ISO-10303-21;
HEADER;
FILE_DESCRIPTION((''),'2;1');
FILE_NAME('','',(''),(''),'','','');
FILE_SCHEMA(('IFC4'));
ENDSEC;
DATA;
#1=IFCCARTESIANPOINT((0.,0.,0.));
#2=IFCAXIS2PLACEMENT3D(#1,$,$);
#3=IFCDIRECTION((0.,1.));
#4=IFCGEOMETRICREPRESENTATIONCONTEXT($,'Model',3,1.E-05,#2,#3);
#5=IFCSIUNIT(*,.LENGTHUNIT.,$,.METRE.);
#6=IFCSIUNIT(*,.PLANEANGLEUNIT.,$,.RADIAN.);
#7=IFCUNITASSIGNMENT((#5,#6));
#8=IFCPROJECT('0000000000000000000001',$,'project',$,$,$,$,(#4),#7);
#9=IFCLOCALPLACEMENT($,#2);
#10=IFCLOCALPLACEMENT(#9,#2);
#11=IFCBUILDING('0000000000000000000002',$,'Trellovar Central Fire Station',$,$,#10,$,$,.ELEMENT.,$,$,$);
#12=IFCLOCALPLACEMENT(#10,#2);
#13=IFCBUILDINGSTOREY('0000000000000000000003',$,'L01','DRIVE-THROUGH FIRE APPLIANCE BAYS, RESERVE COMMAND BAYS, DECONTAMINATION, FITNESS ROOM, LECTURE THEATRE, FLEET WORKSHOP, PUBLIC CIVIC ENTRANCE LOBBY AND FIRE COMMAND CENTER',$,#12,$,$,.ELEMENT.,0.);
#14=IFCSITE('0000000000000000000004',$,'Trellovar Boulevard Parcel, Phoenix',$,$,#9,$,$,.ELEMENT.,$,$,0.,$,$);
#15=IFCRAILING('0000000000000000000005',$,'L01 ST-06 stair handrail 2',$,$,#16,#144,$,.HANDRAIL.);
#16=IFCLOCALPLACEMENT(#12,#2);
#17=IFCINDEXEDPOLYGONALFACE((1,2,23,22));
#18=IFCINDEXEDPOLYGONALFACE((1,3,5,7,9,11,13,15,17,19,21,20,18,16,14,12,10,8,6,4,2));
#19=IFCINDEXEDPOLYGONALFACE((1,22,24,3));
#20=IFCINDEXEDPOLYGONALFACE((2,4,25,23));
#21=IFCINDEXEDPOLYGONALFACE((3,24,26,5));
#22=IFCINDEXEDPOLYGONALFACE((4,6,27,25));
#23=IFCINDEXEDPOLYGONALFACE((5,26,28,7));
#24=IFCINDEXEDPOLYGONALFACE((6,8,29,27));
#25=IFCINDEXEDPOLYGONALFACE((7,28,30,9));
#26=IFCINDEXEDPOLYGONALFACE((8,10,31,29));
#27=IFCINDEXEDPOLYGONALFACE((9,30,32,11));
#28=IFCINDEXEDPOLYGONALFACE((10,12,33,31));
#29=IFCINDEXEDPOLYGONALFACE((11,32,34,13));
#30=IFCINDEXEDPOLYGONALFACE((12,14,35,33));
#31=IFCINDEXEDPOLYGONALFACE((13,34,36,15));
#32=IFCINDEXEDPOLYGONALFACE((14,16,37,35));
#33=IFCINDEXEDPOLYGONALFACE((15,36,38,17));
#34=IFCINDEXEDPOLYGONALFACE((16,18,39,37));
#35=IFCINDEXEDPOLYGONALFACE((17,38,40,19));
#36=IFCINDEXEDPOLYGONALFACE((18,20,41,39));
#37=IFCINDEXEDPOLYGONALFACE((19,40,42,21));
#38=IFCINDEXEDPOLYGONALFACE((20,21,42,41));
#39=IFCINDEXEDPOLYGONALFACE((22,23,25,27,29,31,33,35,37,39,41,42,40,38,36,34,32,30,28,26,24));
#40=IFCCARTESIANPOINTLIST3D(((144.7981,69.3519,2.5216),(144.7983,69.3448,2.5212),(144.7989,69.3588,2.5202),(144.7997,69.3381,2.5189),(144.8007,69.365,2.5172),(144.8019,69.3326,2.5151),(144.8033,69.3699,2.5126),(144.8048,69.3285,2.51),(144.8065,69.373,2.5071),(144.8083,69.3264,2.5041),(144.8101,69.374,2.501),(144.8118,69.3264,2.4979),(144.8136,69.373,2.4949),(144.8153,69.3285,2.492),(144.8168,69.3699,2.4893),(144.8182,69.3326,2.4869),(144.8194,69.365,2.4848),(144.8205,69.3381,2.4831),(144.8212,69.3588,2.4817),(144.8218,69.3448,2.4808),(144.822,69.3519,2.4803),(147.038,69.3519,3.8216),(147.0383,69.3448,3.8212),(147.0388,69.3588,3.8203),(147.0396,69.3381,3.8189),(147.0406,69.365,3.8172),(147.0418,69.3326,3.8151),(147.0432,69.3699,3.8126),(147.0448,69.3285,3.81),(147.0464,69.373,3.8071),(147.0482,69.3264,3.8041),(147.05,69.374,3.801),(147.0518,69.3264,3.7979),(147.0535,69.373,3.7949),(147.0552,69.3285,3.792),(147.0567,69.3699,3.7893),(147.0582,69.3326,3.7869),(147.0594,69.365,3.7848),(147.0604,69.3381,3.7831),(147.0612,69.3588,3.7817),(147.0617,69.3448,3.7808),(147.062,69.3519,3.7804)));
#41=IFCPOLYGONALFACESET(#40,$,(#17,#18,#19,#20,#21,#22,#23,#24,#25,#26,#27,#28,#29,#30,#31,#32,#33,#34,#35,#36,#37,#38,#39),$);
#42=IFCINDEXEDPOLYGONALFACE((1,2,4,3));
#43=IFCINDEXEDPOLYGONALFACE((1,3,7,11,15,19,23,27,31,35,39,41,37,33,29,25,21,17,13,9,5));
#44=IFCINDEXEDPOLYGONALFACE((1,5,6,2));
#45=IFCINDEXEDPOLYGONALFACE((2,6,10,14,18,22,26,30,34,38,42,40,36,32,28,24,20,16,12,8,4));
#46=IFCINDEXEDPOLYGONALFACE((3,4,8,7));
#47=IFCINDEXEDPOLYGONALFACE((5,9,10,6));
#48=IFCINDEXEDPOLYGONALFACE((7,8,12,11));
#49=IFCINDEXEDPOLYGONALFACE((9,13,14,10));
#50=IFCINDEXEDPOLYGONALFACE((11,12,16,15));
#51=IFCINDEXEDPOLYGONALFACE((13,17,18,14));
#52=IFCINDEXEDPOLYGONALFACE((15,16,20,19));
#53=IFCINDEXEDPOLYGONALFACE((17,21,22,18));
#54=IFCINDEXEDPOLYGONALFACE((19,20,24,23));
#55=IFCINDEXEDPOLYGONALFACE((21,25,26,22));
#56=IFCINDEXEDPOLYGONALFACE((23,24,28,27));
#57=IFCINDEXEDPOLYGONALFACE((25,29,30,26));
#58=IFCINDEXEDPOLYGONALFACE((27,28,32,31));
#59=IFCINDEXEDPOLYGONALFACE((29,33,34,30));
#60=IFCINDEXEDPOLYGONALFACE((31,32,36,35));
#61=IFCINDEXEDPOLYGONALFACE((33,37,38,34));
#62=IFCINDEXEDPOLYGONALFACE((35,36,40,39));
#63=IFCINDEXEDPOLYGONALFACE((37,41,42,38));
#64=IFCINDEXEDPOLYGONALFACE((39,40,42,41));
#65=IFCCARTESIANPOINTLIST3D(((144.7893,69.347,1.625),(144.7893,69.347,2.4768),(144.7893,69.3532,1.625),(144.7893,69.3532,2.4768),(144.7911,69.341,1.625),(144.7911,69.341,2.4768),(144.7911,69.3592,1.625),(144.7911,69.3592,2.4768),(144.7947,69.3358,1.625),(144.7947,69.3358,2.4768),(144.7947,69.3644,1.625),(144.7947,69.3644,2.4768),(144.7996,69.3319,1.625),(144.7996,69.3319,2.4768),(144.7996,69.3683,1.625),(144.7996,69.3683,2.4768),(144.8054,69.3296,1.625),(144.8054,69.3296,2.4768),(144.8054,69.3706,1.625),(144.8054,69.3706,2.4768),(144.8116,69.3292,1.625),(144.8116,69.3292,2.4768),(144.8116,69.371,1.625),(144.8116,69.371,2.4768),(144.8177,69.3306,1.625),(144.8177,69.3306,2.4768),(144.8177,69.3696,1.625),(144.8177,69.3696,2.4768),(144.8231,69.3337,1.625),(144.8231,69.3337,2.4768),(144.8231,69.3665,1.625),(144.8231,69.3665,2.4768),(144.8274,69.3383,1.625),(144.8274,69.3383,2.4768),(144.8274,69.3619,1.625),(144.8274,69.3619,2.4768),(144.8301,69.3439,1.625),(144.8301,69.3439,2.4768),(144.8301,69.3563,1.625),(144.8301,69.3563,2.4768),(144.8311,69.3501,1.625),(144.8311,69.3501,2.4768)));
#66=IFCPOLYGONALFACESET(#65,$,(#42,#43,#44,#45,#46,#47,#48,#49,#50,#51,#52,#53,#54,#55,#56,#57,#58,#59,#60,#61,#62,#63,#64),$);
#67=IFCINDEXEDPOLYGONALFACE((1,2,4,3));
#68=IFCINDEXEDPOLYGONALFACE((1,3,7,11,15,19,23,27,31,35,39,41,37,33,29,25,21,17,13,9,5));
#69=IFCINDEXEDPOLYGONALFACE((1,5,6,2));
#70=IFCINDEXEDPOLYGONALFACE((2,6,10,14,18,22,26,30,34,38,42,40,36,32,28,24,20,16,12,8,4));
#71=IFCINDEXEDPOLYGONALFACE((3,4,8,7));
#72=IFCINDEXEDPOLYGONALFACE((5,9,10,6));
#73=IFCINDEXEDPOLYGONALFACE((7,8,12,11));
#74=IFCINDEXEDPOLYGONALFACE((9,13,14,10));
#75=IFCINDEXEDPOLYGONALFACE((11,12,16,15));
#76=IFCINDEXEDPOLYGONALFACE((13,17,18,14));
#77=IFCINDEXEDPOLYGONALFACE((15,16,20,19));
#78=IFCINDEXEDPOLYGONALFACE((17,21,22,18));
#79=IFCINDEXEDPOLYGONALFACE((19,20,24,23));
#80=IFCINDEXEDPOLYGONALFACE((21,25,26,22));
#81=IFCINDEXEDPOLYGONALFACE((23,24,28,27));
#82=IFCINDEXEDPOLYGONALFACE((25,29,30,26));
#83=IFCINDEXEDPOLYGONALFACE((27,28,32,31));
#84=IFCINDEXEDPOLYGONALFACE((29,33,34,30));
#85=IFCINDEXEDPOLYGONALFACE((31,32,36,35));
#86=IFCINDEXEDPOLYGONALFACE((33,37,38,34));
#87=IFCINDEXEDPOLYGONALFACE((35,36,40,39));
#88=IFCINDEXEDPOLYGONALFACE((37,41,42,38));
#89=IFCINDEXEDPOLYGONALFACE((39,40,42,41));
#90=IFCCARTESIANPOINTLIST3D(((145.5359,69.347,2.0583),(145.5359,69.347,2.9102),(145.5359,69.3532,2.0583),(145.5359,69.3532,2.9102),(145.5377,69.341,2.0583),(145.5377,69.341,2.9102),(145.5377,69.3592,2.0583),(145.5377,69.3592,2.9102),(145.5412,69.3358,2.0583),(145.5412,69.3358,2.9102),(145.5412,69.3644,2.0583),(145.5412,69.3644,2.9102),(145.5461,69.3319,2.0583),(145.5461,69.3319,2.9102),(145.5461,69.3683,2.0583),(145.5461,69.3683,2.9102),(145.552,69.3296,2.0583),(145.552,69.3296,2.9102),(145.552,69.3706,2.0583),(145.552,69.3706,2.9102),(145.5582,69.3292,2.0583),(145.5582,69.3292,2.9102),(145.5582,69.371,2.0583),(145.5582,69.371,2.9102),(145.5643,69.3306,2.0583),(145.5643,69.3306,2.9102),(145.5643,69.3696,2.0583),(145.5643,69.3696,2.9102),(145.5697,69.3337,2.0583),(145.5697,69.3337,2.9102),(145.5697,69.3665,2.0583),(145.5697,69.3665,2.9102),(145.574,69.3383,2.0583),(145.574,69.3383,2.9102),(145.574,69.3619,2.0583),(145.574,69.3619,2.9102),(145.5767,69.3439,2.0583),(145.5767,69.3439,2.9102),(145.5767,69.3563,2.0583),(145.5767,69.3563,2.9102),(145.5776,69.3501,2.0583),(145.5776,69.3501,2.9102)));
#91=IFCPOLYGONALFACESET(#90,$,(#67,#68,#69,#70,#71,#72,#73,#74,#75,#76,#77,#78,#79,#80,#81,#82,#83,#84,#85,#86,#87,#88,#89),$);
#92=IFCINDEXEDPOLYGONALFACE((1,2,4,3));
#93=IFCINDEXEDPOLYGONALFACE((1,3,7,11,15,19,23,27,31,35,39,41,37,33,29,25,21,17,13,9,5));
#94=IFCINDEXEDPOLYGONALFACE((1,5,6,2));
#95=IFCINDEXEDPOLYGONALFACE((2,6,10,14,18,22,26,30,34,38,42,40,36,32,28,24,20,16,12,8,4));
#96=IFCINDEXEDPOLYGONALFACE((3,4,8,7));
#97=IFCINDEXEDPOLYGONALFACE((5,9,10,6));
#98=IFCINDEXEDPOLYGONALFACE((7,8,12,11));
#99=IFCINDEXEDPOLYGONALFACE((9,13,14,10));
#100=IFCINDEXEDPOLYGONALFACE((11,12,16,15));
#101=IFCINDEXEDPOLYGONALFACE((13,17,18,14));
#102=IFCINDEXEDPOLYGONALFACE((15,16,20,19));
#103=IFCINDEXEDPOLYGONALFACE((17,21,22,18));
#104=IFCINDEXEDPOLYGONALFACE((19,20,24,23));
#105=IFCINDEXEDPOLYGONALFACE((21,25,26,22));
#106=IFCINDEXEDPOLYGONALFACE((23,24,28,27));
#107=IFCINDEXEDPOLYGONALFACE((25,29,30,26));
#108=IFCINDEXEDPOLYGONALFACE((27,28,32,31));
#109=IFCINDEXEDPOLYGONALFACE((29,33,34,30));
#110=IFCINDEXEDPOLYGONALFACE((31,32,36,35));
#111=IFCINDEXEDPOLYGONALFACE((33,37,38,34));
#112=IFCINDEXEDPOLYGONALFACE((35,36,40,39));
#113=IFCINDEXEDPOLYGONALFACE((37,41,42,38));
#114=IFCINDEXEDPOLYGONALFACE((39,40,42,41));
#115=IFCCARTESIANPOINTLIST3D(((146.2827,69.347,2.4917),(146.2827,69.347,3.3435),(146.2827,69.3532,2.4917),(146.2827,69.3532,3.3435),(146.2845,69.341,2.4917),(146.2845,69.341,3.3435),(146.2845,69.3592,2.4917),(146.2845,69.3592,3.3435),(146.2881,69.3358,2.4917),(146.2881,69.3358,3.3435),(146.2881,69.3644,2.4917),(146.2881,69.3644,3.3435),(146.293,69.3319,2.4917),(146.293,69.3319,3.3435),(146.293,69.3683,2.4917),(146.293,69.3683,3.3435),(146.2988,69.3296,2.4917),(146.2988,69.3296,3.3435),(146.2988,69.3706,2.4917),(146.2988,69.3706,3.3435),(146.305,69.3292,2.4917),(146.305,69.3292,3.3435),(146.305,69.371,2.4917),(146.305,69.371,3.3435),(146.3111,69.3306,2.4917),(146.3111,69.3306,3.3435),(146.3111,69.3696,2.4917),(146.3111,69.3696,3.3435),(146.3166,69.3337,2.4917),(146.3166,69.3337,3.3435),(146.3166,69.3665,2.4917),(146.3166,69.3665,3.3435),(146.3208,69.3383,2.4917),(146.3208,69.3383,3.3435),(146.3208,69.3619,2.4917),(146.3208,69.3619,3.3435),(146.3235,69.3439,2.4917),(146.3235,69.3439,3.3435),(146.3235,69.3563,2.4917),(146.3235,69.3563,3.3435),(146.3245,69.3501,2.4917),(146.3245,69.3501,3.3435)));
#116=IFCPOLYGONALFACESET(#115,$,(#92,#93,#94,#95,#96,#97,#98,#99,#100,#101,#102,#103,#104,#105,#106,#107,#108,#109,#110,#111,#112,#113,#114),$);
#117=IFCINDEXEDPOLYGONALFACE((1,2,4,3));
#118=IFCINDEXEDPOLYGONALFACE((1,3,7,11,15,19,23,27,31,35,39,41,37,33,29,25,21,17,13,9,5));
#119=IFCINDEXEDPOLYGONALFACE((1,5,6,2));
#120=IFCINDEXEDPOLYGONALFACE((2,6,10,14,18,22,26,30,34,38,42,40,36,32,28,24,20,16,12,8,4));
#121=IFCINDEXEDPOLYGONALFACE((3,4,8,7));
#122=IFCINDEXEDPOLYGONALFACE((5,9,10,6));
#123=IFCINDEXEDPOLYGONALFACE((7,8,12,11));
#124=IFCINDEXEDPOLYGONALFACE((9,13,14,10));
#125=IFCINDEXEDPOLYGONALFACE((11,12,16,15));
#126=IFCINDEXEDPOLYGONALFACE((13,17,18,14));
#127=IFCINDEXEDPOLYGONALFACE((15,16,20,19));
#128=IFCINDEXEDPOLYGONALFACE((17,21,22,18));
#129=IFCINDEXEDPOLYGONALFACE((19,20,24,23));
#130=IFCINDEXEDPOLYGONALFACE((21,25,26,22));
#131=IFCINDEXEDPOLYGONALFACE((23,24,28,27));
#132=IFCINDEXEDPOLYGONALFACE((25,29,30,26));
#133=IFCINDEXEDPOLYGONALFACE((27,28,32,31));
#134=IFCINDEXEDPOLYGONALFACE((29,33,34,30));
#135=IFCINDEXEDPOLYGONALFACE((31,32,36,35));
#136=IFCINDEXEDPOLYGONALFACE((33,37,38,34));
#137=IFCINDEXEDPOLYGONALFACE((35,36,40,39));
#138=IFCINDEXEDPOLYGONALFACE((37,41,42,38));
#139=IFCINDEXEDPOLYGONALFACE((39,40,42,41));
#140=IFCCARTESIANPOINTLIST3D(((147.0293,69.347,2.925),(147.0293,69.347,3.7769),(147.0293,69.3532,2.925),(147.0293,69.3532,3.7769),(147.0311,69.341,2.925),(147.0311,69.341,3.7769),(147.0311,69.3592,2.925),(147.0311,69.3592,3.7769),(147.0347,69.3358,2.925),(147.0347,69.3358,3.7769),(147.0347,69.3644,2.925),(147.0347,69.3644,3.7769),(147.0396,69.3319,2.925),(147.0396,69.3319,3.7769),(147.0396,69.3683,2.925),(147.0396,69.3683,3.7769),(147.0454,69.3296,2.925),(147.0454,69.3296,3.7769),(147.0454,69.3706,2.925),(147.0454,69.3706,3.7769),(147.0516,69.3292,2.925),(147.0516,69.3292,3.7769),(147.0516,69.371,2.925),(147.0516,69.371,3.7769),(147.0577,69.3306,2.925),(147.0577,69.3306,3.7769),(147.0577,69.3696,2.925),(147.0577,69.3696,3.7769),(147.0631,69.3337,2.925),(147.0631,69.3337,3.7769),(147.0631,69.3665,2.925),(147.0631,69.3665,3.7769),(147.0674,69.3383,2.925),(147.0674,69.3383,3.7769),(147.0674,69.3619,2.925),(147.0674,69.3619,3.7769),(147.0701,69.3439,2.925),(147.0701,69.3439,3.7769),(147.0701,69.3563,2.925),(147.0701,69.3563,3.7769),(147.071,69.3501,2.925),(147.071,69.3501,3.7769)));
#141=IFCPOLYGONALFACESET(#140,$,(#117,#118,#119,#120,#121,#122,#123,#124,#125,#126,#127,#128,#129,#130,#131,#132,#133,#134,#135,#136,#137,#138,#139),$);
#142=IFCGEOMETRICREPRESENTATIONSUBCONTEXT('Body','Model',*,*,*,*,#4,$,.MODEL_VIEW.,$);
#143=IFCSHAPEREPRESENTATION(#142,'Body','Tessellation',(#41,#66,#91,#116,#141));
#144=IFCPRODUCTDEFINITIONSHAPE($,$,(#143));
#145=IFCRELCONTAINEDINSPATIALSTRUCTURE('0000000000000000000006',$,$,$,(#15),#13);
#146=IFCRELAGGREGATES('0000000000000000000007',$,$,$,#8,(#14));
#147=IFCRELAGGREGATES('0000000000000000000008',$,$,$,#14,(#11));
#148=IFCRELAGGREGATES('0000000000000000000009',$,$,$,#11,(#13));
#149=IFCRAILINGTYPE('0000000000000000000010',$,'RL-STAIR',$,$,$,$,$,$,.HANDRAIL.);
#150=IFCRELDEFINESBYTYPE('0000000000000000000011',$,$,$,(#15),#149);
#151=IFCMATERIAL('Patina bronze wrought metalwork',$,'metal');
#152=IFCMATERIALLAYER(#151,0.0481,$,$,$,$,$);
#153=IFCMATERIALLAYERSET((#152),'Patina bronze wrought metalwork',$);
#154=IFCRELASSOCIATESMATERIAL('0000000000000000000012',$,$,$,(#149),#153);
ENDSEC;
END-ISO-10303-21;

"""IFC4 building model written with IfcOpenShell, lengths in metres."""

from ifc_helpers import new_model, si_unit, direction, frame, origin, origin_2d, place, context, subcontext, project, spatial, circle, extrude, material, layer, layer_set, type_object, element, save


model = new_model("IFC4")

# Units and contexts
model_context = context("Model", 3, precision=1e-05, world=origin(), true_north=direction((0.0, 1.0)))
body_context = subcontext(model_context, "Body", "Model", "MODEL_VIEW")
ifc_project = project(units=[si_unit("LENGTHUNIT", "METRE"), si_unit("PLANEANGLEUNIT", "RADIAN")], contexts=[model_context])

# Site, building, storey
site_placement = place(None, origin())
site = spatial("IfcSite", under=ifc_project, at=site_placement, Name="Trellovar Boulevard Parcel, Phoenix", CompositionType="ELEMENT", RefElevation=0.0)
building_placement = place(site_placement, origin())
building = spatial("IfcBuilding", under=site, at=building_placement, Name="Trellovar Central Fire Station", CompositionType="ELEMENT")
storey_placement = place(building_placement, origin())
storey = spatial("IfcBuildingStorey", under=building, at=storey_placement, Name="L01", Description="DRIVE-THROUGH FIRE APPLIANCE BAYS, RESERVE COMMAND BAYS, DECONTAMINATION, FITNESS ROOM, LECTURE THEATRE, FLEET WORKSHOP, PUBLIC CIVIC ENTRANCE LOBBY AND FIRE COMMAND CENTER", CompositionType="ELEMENT", Elevation=0.0)

# Railing
ifc_material_1 = material(Name="Patina bronze wrought metalwork", Category="metal")
ifc_layer_1 = layer(ifc_material_1, 0.0481)
ifc_layer_set_1 = layer_set([ifc_layer_1], Name="Patina bronze wrought metalwork")
railing_type_1 = type_object("IfcRailingType", Name="RL-STAIR", PredefinedType="HANDRAIL", material=ifc_layer_set_1)
for number, where, name in (
    (1, (144.8101, 69.3501, 1.625), "L01 ST-06 stair handrail 2"),
):
    element("IfcRailing", number, at=place(storey_placement, frame(where)), inside=storey, type_object=railing_type_1, Name=name, PredefinedType="HANDRAIL", context=body_context, shape_type="SweptSolid", body=[
        extrude(circle(Radius=0.0239, at=origin_2d()), frame((0.0, 0.0, 0.876), z_axis=(0.864888, 0.0, 0.501965), x_axis=(0.0, 1.0, 0.0)), (0.0, 0.0, 1.0), 2.5898),
        extrude(circle(Radius=0.021, at=origin_2d()), origin(), (0.0, 0.0, 1.0), 0.8518),
        extrude(circle(Radius=0.021, at=origin_2d()), frame((0.7466, 0.0, 0.4333)), (0.0, 0.0, 1.0), 0.8518),
        extrude(circle(Radius=0.021, at=origin_2d()), frame((1.4934, 0.0, 0.8667)), (0.0, 0.0, 1.0), 0.8518),
        extrude(circle(Radius=0.021, at=origin_2d()), frame((2.24, 0.0, 1.3)), (0.0, 0.0, 1.0), 0.8518),
    ])

save(model, "model.ifc")
